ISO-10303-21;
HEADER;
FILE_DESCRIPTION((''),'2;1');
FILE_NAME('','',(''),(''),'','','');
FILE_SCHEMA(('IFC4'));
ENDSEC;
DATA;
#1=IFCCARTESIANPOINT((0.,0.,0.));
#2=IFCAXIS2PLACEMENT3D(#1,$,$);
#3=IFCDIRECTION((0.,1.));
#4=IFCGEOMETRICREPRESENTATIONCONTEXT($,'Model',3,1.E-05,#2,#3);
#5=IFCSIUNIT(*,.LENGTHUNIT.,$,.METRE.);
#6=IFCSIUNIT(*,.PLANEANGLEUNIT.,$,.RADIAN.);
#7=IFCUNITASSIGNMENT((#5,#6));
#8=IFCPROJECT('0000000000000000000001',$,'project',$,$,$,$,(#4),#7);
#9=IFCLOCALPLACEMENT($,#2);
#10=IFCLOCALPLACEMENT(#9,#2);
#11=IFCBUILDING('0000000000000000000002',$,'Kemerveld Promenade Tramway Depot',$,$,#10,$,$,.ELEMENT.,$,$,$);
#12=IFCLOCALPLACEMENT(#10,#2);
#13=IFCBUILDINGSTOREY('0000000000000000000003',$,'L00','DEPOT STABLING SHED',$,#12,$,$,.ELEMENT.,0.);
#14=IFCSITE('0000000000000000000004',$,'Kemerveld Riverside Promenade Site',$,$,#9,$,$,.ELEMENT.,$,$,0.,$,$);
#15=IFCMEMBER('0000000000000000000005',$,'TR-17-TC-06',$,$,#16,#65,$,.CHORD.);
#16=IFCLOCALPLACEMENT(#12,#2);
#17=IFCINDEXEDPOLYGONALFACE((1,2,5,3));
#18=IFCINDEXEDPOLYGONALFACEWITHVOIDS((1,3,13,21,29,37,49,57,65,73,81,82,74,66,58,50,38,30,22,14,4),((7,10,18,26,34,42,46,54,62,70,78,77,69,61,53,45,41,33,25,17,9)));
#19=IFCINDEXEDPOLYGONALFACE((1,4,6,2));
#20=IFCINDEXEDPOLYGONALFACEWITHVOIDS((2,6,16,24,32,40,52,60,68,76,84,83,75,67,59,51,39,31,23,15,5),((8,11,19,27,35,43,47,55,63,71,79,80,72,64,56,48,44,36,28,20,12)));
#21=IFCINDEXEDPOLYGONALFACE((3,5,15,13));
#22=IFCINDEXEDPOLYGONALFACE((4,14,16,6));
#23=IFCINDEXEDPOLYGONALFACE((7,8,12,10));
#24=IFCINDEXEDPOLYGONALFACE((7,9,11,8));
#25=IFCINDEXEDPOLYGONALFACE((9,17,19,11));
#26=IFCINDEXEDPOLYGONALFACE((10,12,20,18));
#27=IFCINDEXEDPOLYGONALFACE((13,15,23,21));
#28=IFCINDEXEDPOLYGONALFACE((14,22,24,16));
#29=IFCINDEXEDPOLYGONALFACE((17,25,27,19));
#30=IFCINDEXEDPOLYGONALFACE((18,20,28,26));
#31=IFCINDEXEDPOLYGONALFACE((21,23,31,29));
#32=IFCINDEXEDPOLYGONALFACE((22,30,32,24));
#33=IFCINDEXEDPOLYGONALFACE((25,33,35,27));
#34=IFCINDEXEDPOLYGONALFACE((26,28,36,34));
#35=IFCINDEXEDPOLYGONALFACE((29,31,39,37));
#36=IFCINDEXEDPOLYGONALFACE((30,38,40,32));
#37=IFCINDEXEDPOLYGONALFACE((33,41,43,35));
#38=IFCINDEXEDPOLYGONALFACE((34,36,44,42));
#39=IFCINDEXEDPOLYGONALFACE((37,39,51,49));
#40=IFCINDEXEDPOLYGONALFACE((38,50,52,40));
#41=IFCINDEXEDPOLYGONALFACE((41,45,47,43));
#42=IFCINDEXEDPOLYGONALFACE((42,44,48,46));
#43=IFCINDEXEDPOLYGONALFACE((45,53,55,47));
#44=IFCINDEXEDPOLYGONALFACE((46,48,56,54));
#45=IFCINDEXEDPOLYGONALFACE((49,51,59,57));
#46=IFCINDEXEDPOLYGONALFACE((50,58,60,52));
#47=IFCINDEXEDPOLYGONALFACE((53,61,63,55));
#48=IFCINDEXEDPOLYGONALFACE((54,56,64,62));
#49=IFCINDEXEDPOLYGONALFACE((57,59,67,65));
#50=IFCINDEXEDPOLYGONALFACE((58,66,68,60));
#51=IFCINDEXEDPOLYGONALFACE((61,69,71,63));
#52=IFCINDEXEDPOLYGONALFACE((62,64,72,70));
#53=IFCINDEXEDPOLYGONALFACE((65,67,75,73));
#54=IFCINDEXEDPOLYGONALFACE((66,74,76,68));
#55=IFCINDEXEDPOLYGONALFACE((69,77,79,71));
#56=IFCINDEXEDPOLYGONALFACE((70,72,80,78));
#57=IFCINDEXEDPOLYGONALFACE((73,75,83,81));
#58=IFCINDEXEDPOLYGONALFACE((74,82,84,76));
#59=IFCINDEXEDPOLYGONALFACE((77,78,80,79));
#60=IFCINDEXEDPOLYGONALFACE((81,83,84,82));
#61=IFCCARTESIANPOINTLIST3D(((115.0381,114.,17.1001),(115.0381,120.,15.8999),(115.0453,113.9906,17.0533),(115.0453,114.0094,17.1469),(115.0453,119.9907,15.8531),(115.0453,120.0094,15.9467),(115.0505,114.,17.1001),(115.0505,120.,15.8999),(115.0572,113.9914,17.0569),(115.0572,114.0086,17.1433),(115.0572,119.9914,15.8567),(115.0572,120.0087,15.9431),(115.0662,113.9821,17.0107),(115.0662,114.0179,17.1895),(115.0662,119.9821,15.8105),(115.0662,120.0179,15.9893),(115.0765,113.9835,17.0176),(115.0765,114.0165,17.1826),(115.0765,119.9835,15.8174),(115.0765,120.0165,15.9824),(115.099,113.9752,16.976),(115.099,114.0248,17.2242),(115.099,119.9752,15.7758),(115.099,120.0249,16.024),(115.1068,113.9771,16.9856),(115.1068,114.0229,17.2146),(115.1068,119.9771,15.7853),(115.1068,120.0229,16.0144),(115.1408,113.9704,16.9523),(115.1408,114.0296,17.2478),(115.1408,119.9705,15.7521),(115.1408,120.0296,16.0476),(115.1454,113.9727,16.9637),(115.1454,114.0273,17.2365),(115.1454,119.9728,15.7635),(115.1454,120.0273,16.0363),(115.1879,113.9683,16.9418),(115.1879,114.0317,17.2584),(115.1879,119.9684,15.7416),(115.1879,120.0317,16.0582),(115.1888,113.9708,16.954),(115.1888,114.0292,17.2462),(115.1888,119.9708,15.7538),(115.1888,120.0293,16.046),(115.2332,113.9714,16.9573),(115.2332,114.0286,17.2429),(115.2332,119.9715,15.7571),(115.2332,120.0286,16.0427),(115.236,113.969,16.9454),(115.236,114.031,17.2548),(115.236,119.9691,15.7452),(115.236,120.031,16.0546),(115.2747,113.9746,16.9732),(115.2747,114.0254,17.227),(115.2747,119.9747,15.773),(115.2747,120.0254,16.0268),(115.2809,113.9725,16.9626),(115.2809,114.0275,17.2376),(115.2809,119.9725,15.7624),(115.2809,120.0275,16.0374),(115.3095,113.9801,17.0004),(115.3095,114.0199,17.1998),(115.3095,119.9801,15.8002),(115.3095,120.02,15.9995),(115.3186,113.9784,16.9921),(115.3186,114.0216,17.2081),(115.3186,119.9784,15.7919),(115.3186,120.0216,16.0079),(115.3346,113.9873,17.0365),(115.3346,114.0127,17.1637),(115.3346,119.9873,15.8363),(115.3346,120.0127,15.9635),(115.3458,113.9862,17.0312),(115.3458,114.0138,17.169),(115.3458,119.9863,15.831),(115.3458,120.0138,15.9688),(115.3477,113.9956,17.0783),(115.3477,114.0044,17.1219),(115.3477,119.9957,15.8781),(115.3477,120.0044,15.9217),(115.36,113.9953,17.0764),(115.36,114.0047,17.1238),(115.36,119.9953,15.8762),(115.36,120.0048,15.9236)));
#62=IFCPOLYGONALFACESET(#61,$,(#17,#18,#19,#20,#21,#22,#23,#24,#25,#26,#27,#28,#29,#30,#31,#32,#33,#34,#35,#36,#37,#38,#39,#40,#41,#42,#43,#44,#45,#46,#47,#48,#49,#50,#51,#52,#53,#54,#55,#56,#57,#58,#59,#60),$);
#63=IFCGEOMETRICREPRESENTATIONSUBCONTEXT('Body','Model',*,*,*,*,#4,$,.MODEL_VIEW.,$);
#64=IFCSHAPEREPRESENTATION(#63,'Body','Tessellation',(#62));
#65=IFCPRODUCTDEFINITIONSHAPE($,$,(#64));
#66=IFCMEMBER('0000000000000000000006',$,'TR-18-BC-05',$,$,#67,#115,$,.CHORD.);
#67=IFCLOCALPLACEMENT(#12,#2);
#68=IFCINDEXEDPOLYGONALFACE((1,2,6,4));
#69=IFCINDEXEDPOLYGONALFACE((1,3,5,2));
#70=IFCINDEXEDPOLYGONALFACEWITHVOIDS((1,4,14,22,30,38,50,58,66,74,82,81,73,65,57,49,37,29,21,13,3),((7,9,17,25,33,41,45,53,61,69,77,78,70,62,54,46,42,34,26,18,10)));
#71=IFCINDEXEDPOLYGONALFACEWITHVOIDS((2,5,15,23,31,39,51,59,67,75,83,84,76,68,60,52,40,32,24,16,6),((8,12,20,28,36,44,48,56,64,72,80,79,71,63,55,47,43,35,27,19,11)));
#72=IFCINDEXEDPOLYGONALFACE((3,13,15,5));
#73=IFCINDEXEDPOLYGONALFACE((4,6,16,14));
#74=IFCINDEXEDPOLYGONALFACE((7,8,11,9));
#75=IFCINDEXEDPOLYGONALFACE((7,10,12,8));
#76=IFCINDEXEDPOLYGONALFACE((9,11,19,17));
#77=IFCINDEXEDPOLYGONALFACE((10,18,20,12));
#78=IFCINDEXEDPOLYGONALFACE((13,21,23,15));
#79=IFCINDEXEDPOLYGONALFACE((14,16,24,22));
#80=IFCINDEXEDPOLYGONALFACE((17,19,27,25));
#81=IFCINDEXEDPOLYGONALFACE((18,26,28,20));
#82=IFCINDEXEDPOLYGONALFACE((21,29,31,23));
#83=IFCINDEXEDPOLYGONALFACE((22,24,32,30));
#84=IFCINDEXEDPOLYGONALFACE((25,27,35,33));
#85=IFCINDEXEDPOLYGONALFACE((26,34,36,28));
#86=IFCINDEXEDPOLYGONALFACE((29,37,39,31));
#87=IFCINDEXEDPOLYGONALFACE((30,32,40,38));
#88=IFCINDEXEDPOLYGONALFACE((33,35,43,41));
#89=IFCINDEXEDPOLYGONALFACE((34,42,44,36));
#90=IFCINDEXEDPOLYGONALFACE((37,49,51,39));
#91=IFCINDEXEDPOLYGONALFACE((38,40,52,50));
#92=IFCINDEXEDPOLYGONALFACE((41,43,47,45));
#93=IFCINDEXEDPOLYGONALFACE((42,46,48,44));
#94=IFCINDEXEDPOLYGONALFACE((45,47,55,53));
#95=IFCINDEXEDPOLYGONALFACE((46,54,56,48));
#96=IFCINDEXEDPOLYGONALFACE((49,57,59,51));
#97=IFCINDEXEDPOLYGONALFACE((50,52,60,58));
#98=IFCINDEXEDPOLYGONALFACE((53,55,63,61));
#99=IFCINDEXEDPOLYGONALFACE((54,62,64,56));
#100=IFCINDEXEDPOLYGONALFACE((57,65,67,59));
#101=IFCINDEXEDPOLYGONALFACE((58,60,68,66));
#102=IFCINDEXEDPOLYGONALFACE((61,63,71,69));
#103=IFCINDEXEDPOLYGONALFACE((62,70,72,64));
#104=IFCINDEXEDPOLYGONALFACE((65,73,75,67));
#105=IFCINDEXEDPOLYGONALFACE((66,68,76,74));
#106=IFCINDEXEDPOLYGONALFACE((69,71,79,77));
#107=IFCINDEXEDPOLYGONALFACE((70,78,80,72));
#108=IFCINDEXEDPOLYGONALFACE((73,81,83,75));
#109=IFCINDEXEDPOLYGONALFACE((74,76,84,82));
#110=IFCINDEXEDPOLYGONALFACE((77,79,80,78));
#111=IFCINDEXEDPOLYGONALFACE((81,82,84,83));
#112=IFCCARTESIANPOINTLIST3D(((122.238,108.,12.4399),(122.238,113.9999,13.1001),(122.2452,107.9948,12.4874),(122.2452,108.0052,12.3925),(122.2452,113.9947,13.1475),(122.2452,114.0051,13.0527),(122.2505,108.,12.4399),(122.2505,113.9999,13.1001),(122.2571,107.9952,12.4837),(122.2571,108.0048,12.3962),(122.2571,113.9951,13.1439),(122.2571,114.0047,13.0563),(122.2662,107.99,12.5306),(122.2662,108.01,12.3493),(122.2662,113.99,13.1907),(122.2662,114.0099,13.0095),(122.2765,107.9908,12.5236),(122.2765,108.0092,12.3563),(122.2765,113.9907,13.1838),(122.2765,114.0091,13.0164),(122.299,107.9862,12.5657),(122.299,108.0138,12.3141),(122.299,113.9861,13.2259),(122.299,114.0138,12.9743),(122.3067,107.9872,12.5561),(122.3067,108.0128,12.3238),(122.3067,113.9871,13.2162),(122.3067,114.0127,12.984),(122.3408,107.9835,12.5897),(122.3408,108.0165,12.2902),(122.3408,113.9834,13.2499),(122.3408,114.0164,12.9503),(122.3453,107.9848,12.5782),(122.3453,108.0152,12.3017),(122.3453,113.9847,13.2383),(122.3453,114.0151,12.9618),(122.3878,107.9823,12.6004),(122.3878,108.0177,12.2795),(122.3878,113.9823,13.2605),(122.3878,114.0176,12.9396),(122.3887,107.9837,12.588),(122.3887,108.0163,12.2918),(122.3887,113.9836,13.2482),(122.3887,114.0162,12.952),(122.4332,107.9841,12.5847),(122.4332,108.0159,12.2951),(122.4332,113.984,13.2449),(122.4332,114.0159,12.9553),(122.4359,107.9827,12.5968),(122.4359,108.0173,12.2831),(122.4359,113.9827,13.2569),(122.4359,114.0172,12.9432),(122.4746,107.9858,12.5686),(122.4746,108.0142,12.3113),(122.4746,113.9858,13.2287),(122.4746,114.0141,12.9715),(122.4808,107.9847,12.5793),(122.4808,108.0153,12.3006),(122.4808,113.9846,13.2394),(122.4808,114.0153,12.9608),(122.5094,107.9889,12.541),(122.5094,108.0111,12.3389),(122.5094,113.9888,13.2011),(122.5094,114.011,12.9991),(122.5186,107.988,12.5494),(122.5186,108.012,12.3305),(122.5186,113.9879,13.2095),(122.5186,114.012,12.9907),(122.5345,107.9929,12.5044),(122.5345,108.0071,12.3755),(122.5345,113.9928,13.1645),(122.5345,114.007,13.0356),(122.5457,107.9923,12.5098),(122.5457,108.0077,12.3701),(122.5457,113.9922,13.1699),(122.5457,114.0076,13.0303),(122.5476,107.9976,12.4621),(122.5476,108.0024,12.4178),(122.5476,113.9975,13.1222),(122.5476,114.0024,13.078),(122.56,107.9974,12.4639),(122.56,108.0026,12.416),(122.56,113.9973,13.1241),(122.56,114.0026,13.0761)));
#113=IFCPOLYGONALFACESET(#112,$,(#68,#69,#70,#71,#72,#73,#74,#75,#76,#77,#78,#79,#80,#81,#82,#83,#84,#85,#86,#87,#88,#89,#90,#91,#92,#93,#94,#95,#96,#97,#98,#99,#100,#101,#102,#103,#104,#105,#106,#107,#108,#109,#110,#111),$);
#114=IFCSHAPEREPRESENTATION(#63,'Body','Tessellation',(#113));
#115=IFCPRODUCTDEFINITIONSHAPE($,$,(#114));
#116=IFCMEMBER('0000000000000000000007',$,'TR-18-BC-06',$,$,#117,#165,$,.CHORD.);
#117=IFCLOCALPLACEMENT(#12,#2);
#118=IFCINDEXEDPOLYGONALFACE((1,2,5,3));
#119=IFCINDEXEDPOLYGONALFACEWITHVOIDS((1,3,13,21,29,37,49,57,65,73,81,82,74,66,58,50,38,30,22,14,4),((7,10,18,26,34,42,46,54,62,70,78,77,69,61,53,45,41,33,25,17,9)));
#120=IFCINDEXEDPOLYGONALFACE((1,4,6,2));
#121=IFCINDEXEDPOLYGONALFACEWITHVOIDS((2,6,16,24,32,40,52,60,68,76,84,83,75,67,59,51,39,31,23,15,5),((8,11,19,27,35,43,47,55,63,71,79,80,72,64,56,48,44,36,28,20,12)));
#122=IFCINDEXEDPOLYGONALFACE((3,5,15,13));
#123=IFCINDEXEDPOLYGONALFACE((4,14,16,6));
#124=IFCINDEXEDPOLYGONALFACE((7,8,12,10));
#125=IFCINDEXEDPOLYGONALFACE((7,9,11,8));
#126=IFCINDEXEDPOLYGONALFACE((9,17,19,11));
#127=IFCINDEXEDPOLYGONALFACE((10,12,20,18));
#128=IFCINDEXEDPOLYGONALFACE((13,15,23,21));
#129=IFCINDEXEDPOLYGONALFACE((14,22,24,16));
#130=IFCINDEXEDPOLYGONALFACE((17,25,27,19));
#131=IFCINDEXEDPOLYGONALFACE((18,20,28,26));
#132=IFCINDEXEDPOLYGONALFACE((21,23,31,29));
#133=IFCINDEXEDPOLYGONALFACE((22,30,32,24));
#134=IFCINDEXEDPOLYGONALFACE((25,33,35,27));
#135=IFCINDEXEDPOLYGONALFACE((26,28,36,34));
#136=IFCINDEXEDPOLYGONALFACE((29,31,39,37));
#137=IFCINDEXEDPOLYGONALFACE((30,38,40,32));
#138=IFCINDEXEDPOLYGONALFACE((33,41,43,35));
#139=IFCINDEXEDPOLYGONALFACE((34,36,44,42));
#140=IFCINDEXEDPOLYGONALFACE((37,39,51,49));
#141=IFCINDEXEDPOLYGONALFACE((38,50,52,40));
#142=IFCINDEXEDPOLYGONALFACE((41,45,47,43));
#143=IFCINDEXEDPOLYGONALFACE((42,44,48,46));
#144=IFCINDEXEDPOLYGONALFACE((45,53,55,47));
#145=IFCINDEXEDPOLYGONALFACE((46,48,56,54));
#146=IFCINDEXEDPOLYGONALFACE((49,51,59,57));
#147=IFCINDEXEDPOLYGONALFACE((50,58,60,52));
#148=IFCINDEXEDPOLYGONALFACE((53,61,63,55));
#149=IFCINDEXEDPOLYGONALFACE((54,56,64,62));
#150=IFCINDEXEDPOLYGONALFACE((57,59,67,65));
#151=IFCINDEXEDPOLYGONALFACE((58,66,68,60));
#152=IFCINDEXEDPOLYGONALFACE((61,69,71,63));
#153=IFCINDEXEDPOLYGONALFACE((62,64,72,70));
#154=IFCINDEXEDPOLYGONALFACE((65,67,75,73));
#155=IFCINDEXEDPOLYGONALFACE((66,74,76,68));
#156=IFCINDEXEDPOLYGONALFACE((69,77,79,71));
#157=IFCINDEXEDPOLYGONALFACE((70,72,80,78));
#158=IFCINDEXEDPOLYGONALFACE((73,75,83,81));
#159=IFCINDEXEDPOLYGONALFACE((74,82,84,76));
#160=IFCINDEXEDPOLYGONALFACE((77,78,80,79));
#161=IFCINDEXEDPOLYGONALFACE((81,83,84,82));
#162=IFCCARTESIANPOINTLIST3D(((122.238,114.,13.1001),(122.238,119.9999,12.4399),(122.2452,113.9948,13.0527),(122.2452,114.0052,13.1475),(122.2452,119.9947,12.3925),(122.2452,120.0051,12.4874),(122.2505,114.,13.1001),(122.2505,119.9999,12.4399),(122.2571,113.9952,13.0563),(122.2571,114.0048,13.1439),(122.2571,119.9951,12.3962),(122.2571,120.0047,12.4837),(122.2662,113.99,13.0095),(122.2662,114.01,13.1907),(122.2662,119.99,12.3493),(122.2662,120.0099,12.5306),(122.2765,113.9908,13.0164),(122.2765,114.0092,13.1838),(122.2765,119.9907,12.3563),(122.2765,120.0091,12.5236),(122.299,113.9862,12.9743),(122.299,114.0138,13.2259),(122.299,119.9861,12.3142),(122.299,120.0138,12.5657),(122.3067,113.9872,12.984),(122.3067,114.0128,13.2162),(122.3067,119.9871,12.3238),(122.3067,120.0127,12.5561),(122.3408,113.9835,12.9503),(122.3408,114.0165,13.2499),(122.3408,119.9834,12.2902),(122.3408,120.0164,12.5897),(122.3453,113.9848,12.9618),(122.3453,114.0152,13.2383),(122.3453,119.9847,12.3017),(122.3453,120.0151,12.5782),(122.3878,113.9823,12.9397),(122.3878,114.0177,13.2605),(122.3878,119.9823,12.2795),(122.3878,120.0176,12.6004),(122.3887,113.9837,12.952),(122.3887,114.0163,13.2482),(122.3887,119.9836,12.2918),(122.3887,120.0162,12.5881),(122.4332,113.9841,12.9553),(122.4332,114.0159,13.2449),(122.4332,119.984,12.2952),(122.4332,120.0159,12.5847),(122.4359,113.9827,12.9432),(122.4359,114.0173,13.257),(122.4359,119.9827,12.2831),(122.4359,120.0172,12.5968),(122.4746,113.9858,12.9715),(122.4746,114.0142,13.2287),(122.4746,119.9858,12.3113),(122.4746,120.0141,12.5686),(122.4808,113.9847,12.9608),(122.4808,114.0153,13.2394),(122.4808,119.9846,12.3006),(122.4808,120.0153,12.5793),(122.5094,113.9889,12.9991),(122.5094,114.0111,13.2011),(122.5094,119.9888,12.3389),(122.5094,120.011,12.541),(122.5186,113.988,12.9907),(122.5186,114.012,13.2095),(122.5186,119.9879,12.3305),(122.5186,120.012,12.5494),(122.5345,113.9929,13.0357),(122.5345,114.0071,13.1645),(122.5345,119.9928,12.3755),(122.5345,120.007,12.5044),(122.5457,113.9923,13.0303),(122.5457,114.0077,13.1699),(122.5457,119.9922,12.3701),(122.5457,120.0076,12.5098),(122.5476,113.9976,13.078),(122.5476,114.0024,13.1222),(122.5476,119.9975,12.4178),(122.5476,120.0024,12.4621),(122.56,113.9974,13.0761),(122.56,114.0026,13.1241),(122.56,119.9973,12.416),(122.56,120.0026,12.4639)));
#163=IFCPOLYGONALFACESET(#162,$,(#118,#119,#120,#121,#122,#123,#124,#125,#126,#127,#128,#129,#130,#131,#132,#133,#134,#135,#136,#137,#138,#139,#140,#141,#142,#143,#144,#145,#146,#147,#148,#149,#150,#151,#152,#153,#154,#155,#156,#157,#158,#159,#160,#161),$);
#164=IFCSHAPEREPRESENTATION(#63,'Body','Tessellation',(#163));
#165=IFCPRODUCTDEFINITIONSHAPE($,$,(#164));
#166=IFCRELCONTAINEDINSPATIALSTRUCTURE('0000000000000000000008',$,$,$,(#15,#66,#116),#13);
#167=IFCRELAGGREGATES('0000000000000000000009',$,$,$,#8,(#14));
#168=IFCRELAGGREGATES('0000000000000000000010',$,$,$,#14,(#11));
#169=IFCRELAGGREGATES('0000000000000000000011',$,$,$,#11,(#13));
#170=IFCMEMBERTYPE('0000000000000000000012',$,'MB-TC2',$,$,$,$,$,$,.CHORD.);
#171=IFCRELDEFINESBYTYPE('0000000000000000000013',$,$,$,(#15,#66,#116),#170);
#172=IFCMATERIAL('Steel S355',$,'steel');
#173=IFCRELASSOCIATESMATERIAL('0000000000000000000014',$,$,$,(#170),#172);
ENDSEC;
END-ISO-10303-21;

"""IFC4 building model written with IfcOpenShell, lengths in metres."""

from ifc_helpers import new_model, si_unit, direction, frame, origin, origin_2d, place, context, subcontext, project, spatial, hollow_circle, extrude, material, material_profile, profile_set, type_object, element, save


model = new_model("IFC4")

# Units and contexts
model_context = context("Model", 3, precision=1e-05, world=origin(), true_north=direction((0.0, 1.0)))
body_context = subcontext(model_context, "Body", "Model", "MODEL_VIEW")
ifc_project = project(units=[si_unit("LENGTHUNIT", "METRE"), si_unit("PLANEANGLEUNIT", "RADIAN")], contexts=[model_context])

# Site, building, storey
site_placement = place(None, origin())
site = spatial("IfcSite", under=ifc_project, at=site_placement, Name="Kemerveld Riverside Promenade Site", CompositionType="ELEMENT", RefElevation=0.0)
building_placement = place(site_placement, origin())
building = spatial("IfcBuilding", under=site, at=building_placement, Name="Kemerveld Promenade Tramway Depot", CompositionType="ELEMENT")
storey_placement = place(building_placement, origin())
storey = spatial("IfcBuildingStorey", under=building, at=storey_placement, Name="L00", Description="DEPOT STABLING SHED", CompositionType="ELEMENT", Elevation=0.0)

# Members
ifc_material_1 = material(Name="Steel S355", Category="steel")
ifc_material_profile_1 = material_profile(ifc_material_1, hollow_circle(Radius=0.1619, WallThickness=0.0125, at=origin_2d()), Name="323.9x12.5 CHS")
ifc_profile_set_1 = profile_set([ifc_material_profile_1], Name="Steel S355")
member_type_1 = type_object("IfcMemberType", Name="MB-TC2", PredefinedType="CHORD", material=ifc_profile_set_1)
for number, where, z_axis, x_axis, name in (
    (1, (115.2, 114.0, 17.1001), (0.0, 0.980575, -0.196147), (-1.0, 0.0, 0.0), "TR-17-TC-06"),
):
    element("IfcMember", number, at=place(storey_placement, frame(where, z_axis=z_axis, x_axis=x_axis)), inside=storey, type_object=member_type_1, Name=name, PredefinedType="CHORD", context=body_context, shape_type="SweptSolid", body=[
        extrude(hollow_circle(Radius=0.1619, WallThickness=0.0125, at=origin_2d()), origin(), (0.0, 0.0, 1.0), 6.1189),
    ])
for number, where, z_axis, x_axis, name in (
    (2, (122.3999, 108.0, 12.4399), (0.0, 0.994002, 0.109366), (-1.0, 0.0, 0.0), "TR-18-BC-05"),
    (3, (122.3999, 114.0, 13.1001), (0.0, 0.994002, -0.109366), (-1.0, 0.0, 0.0), "TR-18-BC-06"),
):
    element("IfcMember", number, at=place(storey_placement, frame(where, z_axis=z_axis, x_axis=x_axis)), inside=storey, type_object=member_type_1, Name=name, PredefinedType="CHORD", context=body_context, shape_type="SweptSolid", body=[
        extrude(hollow_circle(Radius=0.1619, WallThickness=0.0125, at=origin_2d()), origin(), (0.0, 0.0, 1.0), 6.0361),
    ])

save(model, "model.ifc")
